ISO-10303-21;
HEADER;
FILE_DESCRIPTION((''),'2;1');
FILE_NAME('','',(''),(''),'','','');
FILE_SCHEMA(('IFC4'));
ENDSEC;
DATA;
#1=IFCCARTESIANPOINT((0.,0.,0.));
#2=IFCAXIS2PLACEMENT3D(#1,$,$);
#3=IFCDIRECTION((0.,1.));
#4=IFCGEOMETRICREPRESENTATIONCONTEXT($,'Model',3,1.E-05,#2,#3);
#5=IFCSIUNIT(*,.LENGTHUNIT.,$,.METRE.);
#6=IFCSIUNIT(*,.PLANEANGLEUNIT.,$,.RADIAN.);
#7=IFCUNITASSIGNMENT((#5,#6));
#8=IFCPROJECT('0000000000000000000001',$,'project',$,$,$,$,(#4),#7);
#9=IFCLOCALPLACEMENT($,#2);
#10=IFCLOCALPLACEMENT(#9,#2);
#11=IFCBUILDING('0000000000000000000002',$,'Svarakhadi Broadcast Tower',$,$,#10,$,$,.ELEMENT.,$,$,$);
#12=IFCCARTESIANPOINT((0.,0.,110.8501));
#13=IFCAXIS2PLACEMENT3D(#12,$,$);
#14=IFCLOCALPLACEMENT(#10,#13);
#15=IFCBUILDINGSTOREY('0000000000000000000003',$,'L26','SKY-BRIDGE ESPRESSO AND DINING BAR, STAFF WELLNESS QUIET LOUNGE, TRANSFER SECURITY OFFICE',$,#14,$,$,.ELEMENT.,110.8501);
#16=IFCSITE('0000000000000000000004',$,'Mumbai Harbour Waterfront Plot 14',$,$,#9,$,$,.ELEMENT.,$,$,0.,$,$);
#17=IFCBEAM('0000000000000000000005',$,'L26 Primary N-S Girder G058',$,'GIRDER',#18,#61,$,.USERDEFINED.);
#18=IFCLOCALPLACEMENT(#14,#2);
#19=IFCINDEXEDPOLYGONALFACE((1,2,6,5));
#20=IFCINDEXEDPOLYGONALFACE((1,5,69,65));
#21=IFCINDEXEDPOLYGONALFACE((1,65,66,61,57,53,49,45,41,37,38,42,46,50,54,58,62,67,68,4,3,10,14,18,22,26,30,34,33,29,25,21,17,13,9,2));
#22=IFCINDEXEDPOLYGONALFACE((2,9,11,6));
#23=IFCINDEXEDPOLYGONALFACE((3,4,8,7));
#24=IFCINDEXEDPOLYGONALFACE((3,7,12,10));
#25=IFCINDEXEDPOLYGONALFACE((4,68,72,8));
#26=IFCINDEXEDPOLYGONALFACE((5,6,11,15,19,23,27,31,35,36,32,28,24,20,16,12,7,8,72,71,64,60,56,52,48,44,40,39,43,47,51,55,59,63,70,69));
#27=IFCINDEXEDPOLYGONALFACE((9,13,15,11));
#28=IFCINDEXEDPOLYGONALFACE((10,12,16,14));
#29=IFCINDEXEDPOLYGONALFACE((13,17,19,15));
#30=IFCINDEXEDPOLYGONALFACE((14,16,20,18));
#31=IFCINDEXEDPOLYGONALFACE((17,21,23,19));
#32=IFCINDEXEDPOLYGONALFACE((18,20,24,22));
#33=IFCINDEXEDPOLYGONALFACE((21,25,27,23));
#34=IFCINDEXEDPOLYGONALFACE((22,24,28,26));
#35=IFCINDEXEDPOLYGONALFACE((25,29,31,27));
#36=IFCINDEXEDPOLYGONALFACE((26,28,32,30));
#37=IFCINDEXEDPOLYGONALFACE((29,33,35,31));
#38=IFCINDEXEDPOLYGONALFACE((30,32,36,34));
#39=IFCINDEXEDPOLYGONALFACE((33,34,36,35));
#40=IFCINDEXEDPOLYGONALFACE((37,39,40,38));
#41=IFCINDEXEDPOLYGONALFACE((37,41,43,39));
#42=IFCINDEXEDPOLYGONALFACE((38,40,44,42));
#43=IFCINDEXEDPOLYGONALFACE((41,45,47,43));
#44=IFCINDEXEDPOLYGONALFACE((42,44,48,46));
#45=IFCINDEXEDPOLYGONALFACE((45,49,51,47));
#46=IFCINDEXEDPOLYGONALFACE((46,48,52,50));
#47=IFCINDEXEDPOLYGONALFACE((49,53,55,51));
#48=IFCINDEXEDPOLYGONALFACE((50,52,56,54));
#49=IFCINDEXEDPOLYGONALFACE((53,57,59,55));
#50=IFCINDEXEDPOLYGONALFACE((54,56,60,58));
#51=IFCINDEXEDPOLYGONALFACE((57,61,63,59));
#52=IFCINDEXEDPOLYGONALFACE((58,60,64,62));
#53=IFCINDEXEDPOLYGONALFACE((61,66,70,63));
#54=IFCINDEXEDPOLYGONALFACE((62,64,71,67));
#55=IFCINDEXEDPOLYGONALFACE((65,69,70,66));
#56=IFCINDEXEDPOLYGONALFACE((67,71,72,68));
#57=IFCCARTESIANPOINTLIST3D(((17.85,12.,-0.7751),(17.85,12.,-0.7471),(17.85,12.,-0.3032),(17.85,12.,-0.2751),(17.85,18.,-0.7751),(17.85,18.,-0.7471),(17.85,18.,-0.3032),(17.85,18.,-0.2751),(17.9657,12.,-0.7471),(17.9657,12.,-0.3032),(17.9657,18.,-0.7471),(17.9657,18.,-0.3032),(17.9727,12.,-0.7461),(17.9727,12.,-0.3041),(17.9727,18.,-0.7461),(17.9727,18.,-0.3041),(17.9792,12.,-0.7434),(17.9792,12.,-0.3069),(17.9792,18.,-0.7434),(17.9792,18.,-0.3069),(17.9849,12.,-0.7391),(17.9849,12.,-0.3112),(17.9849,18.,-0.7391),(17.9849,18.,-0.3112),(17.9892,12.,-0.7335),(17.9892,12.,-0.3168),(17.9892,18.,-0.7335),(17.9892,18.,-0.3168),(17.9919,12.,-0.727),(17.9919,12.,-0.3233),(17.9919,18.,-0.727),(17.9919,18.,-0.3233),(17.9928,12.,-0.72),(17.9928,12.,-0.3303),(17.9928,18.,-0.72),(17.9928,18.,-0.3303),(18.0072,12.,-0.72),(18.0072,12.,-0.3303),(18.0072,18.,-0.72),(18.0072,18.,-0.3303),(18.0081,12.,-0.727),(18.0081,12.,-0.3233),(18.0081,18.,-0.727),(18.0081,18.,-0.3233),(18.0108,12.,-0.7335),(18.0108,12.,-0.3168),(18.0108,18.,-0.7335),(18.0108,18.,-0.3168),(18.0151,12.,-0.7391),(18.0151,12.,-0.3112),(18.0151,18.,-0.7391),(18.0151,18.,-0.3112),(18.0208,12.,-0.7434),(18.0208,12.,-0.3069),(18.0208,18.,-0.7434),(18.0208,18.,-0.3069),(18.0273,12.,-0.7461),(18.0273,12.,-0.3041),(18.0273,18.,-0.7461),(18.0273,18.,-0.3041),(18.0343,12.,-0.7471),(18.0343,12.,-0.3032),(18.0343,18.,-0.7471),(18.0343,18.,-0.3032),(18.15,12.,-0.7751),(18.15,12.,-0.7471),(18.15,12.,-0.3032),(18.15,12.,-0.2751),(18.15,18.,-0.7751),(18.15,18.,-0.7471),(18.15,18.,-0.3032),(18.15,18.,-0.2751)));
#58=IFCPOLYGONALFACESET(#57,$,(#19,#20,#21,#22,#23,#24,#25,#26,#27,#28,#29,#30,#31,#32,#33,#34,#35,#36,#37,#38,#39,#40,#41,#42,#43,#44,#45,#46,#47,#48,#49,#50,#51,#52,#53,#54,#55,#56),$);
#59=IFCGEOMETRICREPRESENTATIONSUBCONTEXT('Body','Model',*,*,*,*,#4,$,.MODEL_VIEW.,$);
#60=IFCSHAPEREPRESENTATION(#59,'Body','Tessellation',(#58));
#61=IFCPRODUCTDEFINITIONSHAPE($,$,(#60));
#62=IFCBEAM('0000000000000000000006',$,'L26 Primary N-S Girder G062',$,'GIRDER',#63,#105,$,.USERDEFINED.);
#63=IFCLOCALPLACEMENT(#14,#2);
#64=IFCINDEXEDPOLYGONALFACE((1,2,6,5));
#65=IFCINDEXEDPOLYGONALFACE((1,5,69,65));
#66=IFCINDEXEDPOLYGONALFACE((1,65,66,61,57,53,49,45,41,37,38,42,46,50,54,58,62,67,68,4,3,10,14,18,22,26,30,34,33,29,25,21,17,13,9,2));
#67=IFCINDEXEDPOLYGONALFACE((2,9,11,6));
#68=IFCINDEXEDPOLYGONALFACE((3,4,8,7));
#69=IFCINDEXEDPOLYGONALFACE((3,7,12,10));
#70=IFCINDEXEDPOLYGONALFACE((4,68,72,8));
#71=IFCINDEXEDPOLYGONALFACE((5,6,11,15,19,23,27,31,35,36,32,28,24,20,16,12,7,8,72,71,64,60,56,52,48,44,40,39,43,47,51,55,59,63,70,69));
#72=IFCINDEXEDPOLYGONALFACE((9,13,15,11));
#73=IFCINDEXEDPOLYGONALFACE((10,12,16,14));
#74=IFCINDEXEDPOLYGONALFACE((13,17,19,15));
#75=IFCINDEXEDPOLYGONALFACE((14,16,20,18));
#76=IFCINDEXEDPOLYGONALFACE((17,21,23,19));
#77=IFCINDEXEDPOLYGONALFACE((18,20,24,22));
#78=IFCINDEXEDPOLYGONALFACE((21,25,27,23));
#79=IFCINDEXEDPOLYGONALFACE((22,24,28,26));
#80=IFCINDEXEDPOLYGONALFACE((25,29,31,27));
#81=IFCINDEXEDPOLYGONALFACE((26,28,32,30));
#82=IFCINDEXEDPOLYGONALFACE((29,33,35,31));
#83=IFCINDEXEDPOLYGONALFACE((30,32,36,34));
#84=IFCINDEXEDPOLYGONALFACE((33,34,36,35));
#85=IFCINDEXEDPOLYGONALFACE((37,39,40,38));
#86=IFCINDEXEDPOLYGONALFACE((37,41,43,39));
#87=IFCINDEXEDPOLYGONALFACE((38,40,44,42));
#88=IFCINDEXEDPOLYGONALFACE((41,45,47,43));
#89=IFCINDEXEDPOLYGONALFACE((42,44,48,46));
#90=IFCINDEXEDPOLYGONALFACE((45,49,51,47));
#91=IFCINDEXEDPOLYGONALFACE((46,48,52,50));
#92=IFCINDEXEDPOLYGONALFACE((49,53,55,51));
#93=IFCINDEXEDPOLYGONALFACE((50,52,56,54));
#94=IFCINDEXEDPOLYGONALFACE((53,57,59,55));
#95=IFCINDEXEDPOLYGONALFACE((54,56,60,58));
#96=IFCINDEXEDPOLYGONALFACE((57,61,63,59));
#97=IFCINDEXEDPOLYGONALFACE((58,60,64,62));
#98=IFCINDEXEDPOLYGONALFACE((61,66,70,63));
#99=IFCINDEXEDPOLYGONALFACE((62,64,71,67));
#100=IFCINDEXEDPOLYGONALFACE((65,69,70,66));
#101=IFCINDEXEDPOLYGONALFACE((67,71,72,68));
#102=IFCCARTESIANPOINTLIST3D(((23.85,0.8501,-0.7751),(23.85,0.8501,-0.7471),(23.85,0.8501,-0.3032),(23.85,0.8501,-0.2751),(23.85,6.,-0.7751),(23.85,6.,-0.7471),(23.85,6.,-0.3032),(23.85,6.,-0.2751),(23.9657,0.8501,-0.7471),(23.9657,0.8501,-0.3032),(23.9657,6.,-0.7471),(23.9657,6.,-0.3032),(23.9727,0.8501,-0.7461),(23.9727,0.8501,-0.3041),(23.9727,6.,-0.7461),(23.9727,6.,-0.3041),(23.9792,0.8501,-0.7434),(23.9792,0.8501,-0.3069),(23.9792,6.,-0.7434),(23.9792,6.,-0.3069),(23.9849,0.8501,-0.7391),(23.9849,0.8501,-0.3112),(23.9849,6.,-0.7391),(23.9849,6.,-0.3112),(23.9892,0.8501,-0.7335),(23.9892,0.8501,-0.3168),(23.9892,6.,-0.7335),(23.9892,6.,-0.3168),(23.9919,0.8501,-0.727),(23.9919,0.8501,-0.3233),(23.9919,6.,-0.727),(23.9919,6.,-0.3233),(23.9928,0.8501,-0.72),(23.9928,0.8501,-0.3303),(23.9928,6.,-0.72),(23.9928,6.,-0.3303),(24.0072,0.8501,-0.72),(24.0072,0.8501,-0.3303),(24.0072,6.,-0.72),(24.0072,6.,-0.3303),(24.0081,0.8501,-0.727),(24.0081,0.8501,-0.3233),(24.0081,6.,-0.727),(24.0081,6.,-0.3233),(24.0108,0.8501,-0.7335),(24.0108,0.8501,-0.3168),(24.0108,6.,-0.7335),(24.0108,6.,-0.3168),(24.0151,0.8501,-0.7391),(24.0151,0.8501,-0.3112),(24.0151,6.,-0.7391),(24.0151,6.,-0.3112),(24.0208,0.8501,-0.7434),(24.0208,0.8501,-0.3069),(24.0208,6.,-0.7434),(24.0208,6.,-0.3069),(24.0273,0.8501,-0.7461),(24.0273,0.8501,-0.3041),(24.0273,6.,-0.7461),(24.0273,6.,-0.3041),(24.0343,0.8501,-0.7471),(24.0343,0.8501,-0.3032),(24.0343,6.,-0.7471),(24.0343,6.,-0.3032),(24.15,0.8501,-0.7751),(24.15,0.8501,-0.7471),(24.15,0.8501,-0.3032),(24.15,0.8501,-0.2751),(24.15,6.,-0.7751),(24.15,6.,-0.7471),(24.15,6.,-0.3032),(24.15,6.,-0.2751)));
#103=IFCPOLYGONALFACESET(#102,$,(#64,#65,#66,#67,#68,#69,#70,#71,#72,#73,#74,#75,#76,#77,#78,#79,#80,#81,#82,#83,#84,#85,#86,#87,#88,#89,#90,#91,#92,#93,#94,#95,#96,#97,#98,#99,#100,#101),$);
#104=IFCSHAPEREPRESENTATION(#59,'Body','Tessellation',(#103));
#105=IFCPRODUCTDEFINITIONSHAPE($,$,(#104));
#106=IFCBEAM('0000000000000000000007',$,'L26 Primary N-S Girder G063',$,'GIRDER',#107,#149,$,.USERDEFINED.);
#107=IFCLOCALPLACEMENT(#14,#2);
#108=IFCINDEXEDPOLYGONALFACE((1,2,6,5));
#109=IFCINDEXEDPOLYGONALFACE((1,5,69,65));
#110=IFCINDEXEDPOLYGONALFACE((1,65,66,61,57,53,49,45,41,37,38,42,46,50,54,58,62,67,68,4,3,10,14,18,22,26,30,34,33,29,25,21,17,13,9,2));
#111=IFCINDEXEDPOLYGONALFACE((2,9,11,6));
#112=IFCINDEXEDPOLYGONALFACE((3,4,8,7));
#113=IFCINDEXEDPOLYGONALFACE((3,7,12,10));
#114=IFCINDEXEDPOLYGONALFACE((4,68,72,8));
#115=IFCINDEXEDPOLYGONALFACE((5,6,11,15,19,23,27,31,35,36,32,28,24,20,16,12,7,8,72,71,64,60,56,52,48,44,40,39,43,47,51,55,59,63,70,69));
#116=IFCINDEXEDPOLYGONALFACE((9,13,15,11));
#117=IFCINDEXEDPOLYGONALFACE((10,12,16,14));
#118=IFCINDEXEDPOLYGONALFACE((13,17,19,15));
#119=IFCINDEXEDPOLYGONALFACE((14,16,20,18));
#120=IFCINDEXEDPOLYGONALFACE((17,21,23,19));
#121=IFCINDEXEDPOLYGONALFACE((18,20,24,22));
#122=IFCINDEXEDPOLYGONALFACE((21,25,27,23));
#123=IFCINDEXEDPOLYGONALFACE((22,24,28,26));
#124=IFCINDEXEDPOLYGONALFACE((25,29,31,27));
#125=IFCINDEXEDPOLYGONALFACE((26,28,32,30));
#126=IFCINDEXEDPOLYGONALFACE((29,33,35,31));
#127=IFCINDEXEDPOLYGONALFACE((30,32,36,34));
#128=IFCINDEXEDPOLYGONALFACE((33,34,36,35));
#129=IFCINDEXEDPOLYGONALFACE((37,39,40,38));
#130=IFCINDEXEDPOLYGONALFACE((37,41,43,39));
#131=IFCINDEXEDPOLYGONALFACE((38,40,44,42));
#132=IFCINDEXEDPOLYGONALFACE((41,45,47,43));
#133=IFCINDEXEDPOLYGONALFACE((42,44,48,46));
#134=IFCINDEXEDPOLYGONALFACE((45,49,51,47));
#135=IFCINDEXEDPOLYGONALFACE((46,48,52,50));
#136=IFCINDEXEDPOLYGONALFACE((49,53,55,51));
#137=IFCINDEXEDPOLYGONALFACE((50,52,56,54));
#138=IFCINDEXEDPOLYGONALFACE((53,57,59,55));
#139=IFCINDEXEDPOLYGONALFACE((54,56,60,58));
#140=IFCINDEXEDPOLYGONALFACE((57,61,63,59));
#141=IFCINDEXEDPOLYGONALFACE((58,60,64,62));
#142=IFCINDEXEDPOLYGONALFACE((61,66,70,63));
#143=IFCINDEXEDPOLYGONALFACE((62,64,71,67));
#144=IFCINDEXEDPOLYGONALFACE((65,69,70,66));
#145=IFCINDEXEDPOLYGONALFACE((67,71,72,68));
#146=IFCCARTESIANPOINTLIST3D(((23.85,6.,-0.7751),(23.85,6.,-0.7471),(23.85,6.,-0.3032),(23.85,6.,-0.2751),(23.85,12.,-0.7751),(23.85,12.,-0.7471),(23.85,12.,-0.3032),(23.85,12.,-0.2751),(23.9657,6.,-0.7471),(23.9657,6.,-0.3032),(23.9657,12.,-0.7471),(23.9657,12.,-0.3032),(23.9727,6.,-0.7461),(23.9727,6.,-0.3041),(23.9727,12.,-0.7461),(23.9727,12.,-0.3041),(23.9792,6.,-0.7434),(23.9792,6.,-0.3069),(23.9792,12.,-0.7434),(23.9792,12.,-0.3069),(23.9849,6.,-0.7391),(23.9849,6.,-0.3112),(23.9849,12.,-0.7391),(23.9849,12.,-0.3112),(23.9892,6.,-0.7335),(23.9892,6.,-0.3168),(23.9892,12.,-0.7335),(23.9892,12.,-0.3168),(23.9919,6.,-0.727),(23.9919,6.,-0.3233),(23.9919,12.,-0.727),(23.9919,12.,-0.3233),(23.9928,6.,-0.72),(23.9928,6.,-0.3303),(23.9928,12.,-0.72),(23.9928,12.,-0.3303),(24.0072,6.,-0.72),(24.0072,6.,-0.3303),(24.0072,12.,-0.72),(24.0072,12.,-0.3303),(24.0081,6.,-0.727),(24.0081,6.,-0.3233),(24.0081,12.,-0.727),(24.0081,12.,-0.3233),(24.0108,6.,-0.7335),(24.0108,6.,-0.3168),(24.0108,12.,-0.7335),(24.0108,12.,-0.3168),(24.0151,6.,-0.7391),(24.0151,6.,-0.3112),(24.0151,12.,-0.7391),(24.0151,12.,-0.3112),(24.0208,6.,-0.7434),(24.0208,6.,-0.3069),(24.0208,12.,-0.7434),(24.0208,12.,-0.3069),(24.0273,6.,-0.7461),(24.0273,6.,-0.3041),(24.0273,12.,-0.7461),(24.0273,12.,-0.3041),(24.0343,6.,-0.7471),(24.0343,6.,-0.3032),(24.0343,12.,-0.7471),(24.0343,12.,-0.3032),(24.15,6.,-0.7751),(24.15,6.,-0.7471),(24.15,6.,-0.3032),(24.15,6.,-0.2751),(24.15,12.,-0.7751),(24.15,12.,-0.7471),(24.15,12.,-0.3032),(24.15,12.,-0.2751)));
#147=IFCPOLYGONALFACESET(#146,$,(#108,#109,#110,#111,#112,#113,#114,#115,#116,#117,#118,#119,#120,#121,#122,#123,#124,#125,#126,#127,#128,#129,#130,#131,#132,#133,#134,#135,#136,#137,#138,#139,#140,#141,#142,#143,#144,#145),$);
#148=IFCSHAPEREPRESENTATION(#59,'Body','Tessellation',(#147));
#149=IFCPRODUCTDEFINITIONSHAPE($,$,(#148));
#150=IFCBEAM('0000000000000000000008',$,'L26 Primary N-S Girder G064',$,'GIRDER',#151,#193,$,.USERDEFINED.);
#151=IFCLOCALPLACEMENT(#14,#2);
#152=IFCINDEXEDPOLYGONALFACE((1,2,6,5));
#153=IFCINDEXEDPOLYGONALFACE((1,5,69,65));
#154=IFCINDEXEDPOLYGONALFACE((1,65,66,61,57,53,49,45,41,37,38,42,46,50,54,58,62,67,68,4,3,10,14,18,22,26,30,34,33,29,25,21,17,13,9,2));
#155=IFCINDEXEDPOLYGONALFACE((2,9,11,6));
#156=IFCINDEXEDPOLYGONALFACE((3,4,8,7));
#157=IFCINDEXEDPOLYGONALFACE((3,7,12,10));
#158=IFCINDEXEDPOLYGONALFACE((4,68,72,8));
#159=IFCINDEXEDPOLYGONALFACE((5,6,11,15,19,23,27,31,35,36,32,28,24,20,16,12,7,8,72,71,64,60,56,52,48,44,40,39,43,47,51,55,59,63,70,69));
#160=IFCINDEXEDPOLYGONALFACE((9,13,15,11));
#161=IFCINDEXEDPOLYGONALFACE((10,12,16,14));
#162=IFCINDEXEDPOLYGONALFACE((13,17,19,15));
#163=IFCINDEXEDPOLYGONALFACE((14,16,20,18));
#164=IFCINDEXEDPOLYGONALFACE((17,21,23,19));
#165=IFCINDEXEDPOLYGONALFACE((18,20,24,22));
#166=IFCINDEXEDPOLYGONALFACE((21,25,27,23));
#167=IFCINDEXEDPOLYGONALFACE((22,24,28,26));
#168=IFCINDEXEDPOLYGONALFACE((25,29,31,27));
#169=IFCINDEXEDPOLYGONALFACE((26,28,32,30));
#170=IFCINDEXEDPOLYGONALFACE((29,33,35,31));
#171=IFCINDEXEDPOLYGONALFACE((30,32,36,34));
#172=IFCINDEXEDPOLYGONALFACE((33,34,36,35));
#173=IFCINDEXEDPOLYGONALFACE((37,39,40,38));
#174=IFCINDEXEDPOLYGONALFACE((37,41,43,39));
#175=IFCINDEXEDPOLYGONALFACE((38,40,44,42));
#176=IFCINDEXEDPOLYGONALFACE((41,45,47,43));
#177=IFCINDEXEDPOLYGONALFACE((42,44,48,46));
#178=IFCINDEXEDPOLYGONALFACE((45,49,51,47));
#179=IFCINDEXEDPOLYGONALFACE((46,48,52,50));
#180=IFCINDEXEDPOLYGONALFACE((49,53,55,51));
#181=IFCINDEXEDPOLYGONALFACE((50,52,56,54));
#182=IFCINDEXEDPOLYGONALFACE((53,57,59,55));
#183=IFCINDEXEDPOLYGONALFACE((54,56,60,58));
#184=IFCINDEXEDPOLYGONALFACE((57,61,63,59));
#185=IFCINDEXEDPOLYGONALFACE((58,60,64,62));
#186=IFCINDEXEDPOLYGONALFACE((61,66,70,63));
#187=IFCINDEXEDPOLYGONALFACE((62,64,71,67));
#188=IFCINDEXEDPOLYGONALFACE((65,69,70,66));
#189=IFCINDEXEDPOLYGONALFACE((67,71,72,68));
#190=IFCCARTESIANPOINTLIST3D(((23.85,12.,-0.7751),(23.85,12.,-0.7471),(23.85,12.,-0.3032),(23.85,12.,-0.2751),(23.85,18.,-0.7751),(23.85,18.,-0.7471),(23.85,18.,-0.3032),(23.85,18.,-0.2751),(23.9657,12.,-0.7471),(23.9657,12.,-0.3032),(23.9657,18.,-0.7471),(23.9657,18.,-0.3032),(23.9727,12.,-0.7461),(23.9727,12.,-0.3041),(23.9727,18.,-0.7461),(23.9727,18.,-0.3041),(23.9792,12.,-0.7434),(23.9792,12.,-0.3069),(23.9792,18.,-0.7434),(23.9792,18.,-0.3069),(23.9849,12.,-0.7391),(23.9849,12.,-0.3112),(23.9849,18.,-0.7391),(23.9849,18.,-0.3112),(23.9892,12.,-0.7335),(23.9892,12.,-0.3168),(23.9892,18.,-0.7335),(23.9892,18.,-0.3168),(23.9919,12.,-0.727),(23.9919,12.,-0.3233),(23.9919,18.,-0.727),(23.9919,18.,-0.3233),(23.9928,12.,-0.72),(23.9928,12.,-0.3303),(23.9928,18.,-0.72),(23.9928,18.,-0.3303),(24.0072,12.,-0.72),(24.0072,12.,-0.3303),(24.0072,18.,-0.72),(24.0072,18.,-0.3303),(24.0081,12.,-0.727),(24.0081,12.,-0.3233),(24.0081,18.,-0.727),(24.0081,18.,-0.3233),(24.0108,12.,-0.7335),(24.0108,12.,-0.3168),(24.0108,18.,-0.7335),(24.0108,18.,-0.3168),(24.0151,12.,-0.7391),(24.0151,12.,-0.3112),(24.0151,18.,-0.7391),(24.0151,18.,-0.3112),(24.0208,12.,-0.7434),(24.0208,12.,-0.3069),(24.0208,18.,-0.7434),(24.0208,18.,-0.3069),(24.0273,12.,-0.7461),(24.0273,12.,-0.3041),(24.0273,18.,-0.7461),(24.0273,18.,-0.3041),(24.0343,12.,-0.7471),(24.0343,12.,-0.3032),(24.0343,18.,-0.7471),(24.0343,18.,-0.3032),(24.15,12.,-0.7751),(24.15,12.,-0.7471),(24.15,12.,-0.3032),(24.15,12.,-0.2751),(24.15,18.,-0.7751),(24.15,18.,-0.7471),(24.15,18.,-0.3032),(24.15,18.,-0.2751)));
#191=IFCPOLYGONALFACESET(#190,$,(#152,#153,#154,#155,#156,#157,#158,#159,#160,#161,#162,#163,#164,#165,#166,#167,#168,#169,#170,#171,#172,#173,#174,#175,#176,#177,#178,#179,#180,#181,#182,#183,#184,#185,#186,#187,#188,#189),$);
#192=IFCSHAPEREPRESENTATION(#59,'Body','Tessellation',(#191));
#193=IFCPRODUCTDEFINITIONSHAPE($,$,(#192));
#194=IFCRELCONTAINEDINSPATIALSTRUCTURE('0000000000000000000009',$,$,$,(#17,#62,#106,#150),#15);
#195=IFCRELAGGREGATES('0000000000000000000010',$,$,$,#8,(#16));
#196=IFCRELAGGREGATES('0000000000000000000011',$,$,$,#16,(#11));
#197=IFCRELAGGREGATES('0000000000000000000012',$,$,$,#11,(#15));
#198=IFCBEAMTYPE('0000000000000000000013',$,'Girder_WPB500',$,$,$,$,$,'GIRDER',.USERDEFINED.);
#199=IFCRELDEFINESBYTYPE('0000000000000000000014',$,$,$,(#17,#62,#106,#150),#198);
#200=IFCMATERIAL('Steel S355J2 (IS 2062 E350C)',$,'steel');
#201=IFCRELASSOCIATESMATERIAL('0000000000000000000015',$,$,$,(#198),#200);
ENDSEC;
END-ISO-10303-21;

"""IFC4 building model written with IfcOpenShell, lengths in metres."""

from ifc_helpers import new_model, si_unit, direction, frame, origin, origin_2d, place, context, subcontext, project, spatial, i_section, extrude, material, material_profile, profile_set, type_object, element, save


model = new_model("IFC4")

# Units and contexts
model_context = context("Model", 3, precision=1e-05, world=origin(), true_north=direction((0.0, 1.0)))
body_context = subcontext(model_context, "Body", "Model", "MODEL_VIEW")
ifc_project = project(units=[si_unit("LENGTHUNIT", "METRE"), si_unit("PLANEANGLEUNIT", "RADIAN")], contexts=[model_context])

# Site, building, storey
site_placement = place(None, origin())
site = spatial("IfcSite", under=ifc_project, at=site_placement, Name="Mumbai Harbour Waterfront Plot 14", CompositionType="ELEMENT", RefElevation=0.0)
building_placement = place(site_placement, origin())
building = spatial("IfcBuilding", under=site, at=building_placement, Name="Svarakhadi Broadcast Tower", CompositionType="ELEMENT")
storey_placement = place(building_placement, frame((0.0, 0.0, 110.8501)))
storey = spatial("IfcBuildingStorey", under=building, at=storey_placement, Name="L26", Description="SKY-BRIDGE ESPRESSO AND DINING BAR, STAFF WELLNESS QUIET LOUNGE, TRANSFER SECURITY OFFICE", CompositionType="ELEMENT", Elevation=110.8501)

# Shared definitions
ifc_material_1 = material(Name="Steel S355J2 (IS 2062 E350C)", Category="steel")

# Beams
ifc_material_profile_1 = material_profile(ifc_material_1, i_section(OverallWidth=0.3, OverallDepth=0.5, WebThickness=0.0144, FlangeThickness=0.0281, FilletRadius=0.0271, at=origin_2d()), Name="WPB 500x300x187")
ifc_profile_set_1 = profile_set([ifc_material_profile_1], Name="Steel S355J2 (IS 2062 E350C)")
beam_type_1 = type_object("IfcBeamType", Name="Girder_WPB500", ElementType="GIRDER", PredefinedType="USERDEFINED", material=ifc_profile_set_1)
for number, where, z_axis, x_axis, name in (
    (1, (18.0, 12.0, -0.5251), (0.0, 1.0, 0.0), (-1.0, 0.0, 0.0), "L26 Primary N-S Girder G058"),
):
    element("IfcBeam", number, at=place(storey_placement, frame(where, z_axis=z_axis, x_axis=x_axis)), inside=storey, type_object=beam_type_1, Name=name, ObjectType="GIRDER", PredefinedType="USERDEFINED", context=body_context, shape_type="SweptSolid", body=[
        extrude(i_section(OverallWidth=0.3, OverallDepth=0.5, WebThickness=0.0144, FlangeThickness=0.0281, FilletRadius=0.0271, at=origin_2d()), origin(), (0.0, 0.0, 1.0), 6.0),
    ])
beam_1_placement = place(storey_placement, frame((24.0, 0.8501, -0.5251), z_axis=(0.0, 1.0, 0.0), x_axis=(-1.0, 0.0, 0.0)))
element("IfcBeam", 2, at=beam_1_placement, inside=storey, type_object=beam_type_1, Name="L26 Primary N-S Girder G062", ObjectType="GIRDER", PredefinedType="USERDEFINED", context=body_context, shape_type="SweptSolid", body=[
    extrude(i_section(OverallWidth=0.3, OverallDepth=0.5, WebThickness=0.0144, FlangeThickness=0.0281, FilletRadius=0.0271, at=origin_2d()), origin(), (0.0, 0.0, 1.0), 5.1499),
])
for number, where, z_axis, x_axis, name in (
    (3, (24.0, 6.0, -0.5251), (0.0, 1.0, 0.0), (-1.0, 0.0, 0.0), "L26 Primary N-S Girder G063"),
    (4, (24.0, 12.0, -0.5251), (0.0, 1.0, 0.0), (-1.0, 0.0, 0.0), "L26 Primary N-S Girder G064"),
):
    element("IfcBeam", number, at=place(storey_placement, frame(where, z_axis=z_axis, x_axis=x_axis)), inside=storey, type_object=beam_type_1, Name=name, ObjectType="GIRDER", PredefinedType="USERDEFINED", context=body_context, shape_type="SweptSolid", body=[
        extrude(i_section(OverallWidth=0.3, OverallDepth=0.5, WebThickness=0.0144, FlangeThickness=0.0281, FilletRadius=0.0271, at=origin_2d()), origin(), (0.0, 0.0, 1.0), 6.0),
    ])

save(model, "model.ifc")
